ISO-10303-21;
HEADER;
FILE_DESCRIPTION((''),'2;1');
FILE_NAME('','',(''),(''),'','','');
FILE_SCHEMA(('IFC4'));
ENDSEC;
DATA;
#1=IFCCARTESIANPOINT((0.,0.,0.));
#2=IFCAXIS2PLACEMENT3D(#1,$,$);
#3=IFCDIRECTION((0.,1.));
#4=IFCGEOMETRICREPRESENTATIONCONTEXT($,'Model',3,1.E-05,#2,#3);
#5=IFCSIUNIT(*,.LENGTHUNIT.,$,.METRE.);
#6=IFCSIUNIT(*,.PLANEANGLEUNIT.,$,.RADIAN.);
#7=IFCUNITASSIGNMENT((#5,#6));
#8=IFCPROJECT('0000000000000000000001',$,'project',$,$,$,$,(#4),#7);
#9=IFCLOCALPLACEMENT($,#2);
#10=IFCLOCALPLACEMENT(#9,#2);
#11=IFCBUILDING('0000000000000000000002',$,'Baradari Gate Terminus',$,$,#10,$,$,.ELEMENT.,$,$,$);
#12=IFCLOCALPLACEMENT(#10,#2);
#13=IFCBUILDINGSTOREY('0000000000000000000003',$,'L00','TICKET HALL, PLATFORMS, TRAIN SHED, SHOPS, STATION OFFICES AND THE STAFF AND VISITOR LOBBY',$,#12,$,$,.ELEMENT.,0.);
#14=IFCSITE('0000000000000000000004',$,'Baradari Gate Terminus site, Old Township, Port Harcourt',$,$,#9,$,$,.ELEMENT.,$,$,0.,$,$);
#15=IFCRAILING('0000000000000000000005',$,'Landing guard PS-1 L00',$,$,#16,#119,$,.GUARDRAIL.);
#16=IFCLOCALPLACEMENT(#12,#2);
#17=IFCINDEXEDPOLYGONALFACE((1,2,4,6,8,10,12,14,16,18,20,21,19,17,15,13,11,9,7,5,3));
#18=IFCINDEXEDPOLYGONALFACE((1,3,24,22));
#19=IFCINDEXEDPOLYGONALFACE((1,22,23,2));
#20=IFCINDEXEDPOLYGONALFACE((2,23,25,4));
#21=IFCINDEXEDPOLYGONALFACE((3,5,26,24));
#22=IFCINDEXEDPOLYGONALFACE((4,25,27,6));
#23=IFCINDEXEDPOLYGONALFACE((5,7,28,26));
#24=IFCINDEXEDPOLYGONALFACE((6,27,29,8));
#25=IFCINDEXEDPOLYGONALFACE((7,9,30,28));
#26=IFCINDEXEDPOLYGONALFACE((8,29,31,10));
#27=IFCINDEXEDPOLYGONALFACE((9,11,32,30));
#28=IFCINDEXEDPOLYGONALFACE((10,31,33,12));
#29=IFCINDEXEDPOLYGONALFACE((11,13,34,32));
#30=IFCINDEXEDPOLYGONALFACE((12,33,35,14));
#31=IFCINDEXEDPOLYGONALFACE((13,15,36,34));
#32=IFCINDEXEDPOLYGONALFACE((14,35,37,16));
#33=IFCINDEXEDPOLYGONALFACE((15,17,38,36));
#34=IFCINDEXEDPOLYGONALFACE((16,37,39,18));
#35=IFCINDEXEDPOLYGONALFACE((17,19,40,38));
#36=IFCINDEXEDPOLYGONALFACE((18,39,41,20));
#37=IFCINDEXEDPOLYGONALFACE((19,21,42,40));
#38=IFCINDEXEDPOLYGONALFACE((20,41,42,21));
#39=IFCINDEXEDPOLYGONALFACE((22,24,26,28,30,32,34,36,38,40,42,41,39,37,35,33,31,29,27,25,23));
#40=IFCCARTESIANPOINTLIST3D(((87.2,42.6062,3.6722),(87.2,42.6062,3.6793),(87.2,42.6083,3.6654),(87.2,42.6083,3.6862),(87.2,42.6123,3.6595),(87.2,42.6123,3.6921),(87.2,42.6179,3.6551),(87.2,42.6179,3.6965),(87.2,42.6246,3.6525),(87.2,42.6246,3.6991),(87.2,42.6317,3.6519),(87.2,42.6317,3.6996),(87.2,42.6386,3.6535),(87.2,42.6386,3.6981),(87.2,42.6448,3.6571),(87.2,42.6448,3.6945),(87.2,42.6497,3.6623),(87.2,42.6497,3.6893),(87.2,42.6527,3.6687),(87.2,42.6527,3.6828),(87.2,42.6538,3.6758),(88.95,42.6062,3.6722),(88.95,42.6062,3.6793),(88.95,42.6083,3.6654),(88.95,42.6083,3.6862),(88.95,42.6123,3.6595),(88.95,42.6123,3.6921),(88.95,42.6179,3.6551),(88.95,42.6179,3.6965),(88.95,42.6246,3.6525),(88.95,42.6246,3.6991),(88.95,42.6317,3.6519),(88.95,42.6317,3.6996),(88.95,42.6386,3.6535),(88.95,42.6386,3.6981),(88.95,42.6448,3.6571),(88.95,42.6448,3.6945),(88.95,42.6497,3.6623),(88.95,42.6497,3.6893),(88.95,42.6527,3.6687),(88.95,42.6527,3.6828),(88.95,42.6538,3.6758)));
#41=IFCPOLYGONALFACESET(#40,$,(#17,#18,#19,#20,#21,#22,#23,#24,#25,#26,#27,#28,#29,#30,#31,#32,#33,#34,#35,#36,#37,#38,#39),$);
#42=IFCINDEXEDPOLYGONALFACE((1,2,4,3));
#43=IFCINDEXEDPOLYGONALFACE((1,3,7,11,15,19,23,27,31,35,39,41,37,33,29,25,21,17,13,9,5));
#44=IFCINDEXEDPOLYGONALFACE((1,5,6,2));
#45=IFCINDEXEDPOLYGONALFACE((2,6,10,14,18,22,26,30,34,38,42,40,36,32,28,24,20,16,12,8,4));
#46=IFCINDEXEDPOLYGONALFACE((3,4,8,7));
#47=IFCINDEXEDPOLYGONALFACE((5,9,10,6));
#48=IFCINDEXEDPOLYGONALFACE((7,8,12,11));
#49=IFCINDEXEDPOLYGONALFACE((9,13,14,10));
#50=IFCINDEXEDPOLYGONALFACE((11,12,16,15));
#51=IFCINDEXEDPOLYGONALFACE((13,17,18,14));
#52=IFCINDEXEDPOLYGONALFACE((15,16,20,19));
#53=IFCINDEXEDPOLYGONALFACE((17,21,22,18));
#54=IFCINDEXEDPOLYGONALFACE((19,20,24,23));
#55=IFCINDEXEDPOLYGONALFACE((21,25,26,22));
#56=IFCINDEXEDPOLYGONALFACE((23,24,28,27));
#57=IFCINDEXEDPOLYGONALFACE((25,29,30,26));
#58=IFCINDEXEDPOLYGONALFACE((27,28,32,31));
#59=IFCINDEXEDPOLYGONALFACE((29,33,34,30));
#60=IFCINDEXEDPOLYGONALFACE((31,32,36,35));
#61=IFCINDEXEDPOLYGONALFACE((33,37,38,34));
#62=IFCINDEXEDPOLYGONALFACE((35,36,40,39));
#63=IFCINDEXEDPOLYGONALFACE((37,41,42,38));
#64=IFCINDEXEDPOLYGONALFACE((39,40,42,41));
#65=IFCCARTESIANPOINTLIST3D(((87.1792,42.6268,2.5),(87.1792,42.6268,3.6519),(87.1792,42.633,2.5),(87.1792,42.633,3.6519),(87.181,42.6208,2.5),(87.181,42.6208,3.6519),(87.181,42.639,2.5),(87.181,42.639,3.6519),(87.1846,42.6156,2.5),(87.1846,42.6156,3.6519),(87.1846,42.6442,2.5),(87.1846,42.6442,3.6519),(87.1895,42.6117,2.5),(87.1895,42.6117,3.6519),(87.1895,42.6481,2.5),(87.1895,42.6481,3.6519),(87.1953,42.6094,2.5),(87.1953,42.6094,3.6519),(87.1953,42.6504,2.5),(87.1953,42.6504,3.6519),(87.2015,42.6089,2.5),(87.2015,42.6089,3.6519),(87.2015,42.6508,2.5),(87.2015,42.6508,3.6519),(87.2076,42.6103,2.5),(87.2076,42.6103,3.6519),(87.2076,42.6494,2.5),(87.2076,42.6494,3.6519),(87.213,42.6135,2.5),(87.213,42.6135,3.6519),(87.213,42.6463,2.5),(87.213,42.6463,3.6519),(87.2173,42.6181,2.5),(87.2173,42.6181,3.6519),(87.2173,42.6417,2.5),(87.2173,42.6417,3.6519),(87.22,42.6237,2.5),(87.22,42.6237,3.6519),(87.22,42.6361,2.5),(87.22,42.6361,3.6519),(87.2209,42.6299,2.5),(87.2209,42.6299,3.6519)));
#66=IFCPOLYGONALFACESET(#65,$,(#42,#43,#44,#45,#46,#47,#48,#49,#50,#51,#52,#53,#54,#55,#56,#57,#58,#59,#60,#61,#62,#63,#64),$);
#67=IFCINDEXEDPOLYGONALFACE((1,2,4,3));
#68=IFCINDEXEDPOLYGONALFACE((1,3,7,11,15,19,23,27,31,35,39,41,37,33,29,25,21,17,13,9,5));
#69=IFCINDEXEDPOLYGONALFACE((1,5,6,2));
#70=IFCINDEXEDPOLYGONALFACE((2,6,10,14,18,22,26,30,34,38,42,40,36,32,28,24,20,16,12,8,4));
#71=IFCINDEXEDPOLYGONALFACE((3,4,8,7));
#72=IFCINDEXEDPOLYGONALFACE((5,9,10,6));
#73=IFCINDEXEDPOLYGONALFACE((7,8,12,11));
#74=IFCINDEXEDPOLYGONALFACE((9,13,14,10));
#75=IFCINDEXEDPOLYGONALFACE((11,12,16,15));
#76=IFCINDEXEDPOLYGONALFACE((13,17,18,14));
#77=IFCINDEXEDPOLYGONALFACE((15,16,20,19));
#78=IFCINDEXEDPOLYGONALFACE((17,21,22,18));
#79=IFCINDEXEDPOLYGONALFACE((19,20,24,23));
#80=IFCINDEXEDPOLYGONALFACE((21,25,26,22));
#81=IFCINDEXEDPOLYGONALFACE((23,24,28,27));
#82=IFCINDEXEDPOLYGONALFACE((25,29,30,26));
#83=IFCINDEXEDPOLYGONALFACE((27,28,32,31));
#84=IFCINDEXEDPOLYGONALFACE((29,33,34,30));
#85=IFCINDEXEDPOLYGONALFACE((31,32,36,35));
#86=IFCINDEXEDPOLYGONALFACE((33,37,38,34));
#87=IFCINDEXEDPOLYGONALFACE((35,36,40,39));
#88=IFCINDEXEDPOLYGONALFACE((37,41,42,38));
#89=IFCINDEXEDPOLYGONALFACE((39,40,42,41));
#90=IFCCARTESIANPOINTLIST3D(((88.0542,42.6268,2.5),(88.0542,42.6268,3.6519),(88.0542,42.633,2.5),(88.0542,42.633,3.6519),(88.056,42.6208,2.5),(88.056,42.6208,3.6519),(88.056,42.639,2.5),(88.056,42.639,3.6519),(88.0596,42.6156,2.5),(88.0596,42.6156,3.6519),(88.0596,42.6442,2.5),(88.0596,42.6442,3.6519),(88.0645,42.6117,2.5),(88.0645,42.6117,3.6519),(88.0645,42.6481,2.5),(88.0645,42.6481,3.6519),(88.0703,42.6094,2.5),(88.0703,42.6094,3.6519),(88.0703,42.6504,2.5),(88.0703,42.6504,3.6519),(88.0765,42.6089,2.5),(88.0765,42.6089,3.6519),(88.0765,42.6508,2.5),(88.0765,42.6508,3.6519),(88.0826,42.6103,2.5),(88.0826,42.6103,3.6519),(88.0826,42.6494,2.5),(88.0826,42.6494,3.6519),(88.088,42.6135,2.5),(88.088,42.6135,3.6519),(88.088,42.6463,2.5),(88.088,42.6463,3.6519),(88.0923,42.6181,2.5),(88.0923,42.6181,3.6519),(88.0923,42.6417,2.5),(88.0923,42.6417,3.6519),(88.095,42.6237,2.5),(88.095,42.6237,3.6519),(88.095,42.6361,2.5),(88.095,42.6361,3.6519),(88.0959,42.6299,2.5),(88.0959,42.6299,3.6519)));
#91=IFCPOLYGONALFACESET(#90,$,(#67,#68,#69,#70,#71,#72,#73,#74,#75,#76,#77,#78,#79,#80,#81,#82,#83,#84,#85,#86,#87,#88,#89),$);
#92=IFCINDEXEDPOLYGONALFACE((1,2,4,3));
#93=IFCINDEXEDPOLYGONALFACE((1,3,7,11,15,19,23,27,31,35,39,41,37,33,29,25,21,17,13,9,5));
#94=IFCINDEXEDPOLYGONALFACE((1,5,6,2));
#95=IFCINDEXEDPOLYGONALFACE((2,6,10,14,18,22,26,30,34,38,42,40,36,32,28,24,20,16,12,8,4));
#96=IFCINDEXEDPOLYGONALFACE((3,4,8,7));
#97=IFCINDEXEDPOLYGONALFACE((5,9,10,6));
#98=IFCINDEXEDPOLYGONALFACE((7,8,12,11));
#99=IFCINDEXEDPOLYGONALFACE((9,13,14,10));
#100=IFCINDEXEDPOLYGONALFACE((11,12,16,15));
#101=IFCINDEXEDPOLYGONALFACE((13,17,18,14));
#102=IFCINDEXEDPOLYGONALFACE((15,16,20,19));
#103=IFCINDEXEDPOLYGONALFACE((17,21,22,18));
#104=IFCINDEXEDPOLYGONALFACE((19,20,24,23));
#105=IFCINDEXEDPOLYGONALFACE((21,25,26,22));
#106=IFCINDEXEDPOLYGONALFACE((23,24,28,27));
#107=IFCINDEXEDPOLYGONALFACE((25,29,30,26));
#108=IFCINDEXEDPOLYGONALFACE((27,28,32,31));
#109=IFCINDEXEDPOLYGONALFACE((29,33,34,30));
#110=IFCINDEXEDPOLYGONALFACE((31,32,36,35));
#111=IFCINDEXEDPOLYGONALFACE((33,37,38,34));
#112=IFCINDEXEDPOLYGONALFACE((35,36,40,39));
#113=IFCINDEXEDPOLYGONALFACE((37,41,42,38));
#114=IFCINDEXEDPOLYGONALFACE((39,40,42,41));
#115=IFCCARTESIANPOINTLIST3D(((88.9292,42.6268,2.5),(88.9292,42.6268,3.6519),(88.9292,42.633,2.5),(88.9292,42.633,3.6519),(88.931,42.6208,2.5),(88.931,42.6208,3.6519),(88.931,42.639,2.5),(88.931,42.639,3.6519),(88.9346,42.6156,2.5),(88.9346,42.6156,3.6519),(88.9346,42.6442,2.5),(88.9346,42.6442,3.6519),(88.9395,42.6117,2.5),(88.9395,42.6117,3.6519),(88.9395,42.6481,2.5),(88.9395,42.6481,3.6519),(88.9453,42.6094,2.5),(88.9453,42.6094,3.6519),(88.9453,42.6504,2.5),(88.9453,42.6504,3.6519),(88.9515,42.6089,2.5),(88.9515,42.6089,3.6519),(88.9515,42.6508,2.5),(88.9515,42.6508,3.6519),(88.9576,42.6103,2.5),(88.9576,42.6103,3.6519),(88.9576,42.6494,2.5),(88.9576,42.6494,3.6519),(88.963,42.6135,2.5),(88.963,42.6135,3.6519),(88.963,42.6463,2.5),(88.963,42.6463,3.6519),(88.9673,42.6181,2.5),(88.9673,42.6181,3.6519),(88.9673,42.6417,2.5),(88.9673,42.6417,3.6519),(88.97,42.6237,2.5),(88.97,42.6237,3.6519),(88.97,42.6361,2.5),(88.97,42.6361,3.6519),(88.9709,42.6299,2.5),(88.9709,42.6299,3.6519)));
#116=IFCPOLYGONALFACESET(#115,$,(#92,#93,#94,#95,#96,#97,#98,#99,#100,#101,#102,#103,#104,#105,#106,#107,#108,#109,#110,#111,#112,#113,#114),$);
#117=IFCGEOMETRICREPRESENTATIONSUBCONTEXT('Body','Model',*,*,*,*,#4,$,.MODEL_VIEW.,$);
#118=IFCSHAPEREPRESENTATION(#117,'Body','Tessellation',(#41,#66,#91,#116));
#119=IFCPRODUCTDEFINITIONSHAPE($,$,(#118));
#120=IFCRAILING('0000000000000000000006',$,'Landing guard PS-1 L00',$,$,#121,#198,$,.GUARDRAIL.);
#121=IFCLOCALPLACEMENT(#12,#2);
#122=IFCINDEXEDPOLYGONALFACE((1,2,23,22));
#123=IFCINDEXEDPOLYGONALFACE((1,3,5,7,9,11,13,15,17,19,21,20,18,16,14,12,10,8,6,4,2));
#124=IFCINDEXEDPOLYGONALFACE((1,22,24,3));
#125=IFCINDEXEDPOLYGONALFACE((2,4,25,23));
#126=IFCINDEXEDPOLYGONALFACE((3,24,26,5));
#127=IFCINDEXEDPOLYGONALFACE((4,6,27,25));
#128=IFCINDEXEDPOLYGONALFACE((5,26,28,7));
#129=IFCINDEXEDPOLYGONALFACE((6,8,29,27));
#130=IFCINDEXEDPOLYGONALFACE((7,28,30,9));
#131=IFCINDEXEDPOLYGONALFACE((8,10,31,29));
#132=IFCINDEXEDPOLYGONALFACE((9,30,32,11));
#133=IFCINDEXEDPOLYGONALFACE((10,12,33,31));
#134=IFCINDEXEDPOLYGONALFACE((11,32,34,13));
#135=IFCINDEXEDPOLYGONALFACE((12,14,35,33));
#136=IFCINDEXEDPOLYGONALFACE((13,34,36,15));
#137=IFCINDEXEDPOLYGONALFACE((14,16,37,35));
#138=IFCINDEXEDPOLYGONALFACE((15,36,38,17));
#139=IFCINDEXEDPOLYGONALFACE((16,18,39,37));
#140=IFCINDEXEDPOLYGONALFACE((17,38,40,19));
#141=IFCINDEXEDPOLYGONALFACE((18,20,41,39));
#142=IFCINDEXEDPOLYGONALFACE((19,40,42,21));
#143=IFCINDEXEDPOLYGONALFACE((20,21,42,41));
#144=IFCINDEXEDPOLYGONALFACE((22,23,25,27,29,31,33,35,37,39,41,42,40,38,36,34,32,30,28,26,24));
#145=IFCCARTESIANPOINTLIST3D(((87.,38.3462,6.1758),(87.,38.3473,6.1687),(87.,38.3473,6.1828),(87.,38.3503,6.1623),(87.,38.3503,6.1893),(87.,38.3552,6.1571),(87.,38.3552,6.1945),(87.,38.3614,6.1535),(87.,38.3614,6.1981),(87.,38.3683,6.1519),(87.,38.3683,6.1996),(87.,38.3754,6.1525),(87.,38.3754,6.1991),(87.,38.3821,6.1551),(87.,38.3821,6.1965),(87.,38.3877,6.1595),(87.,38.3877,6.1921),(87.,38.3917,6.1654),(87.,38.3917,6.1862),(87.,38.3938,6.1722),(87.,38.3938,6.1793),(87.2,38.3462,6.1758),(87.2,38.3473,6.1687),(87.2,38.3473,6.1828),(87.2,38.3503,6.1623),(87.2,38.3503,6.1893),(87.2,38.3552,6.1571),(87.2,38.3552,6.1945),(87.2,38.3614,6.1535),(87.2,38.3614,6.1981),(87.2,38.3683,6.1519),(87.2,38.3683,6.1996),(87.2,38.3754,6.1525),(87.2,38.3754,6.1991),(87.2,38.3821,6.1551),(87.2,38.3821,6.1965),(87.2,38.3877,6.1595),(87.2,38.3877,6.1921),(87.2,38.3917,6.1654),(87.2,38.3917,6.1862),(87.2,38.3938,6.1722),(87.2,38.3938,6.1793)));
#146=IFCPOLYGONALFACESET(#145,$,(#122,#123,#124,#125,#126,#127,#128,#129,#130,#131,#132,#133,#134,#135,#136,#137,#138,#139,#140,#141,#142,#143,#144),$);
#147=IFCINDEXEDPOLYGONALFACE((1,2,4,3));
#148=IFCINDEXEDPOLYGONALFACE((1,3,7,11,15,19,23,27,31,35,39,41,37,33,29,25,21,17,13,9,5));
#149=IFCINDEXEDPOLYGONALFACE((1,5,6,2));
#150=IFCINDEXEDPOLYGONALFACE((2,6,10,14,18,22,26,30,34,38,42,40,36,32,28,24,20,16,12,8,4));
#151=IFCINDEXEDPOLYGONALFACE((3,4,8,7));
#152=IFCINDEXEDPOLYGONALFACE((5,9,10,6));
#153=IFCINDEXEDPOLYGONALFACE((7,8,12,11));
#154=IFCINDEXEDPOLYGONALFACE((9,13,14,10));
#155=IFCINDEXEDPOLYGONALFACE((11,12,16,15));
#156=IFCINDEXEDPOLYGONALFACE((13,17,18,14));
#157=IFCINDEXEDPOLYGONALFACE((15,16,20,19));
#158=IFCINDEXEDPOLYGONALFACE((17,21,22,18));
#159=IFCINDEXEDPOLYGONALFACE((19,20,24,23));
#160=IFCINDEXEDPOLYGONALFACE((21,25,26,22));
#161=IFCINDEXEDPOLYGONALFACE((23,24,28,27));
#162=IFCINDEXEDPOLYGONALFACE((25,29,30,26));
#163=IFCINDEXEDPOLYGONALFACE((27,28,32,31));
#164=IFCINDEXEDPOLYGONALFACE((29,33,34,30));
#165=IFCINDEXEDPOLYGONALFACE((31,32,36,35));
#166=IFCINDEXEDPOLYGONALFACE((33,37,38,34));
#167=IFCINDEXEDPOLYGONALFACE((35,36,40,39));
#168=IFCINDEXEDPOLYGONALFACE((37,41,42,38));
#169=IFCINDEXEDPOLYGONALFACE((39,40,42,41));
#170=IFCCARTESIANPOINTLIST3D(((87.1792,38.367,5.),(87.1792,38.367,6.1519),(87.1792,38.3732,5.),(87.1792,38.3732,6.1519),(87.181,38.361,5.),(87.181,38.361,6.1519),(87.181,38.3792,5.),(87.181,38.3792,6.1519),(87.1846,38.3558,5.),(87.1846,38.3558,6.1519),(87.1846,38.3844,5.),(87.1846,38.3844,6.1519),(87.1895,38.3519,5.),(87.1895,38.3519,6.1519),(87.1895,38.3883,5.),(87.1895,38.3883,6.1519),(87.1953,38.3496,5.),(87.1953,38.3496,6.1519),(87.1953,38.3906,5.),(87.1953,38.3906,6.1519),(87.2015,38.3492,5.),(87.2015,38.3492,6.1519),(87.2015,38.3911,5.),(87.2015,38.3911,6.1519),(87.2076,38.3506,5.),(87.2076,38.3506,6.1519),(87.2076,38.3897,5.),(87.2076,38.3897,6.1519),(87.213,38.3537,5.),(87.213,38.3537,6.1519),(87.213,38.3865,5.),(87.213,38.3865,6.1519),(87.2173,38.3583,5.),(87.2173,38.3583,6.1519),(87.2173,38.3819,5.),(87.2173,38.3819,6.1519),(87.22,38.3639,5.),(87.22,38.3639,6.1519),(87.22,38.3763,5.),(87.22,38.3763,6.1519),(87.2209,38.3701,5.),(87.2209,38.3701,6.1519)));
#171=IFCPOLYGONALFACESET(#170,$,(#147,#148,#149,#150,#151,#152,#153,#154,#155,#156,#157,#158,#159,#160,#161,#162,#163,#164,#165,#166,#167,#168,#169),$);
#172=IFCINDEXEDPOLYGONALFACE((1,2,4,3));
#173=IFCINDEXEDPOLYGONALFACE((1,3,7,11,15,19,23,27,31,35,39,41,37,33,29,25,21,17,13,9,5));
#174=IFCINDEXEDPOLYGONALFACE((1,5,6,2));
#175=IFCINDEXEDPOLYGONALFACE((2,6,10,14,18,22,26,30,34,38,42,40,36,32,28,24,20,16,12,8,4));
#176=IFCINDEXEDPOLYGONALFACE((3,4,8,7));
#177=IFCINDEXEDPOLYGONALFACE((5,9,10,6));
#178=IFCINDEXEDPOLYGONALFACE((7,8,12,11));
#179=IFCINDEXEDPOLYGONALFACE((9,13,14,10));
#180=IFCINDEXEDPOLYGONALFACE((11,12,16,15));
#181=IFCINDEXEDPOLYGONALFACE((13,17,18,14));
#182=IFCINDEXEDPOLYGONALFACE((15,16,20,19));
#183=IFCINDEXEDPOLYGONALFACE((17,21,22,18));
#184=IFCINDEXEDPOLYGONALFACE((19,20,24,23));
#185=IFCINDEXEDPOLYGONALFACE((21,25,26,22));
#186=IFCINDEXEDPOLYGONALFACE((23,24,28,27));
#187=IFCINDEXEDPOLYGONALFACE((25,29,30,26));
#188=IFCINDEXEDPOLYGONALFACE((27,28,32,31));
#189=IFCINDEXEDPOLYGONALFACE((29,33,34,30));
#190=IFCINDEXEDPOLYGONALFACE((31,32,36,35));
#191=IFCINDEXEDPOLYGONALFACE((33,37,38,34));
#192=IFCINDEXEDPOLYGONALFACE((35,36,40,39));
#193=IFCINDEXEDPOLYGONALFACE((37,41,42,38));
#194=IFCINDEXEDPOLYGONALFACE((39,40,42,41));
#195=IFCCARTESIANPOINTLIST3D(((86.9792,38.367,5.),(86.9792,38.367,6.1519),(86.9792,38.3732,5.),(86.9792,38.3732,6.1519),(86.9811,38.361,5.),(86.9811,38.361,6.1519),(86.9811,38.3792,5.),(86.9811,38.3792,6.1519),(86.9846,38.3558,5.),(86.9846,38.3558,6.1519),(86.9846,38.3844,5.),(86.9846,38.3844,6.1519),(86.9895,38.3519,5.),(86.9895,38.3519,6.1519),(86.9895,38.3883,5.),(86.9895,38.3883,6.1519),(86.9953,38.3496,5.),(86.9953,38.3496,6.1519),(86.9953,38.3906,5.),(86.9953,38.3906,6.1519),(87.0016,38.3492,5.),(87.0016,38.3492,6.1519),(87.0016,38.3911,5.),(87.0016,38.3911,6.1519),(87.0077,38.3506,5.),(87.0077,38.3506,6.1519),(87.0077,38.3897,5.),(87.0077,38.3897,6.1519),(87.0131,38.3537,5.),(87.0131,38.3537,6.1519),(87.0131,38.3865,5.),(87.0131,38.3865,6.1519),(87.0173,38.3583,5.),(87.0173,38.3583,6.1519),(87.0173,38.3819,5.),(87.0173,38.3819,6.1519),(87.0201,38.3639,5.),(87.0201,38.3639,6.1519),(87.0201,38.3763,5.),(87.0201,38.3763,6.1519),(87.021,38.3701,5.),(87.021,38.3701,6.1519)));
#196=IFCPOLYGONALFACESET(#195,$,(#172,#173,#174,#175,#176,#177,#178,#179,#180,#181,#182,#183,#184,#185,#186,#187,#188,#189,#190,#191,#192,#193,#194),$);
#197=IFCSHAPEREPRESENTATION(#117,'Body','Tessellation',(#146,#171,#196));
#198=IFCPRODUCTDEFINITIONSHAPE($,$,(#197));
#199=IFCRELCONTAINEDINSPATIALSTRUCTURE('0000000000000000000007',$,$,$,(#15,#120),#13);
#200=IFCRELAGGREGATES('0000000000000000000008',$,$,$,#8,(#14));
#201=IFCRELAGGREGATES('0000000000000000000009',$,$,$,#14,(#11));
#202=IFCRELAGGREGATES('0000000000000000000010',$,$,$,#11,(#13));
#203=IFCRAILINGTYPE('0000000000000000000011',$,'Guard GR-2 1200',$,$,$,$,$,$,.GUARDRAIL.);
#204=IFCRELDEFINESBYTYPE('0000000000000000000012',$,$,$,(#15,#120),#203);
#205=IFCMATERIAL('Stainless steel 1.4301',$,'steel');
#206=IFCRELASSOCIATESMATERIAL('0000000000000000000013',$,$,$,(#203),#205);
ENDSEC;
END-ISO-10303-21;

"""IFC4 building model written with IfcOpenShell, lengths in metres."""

from ifc_helpers import new_model, si_unit, direction, frame, origin, origin_2d, place, context, subcontext, project, spatial, circle, extrude, material, type_object, element, save


model = new_model("IFC4")

# Units and contexts
model_context = context("Model", 3, precision=1e-05, world=origin(), true_north=direction((0.0, 1.0)))
body_context = subcontext(model_context, "Body", "Model", "MODEL_VIEW")
ifc_project = project(units=[si_unit("LENGTHUNIT", "METRE"), si_unit("PLANEANGLEUNIT", "RADIAN")], contexts=[model_context])

# Site, building, storey
site_placement = place(None, origin())
site = spatial("IfcSite", under=ifc_project, at=site_placement, Name="Baradari Gate Terminus site, Old Township, Port Harcourt", CompositionType="ELEMENT", RefElevation=0.0)
building_placement = place(site_placement, origin())
building = spatial("IfcBuilding", under=site, at=building_placement, Name="Baradari Gate Terminus", CompositionType="ELEMENT")
storey_placement = place(building_placement, origin())
storey = spatial("IfcBuildingStorey", under=building, at=storey_placement, Name="L00", Description="TICKET HALL, PLATFORMS, TRAIN SHED, SHOPS, STATION OFFICES AND THE STAFF AND VISITOR LOBBY", CompositionType="ELEMENT", Elevation=0.0)

# Railings
ifc_material_1 = material(Name="Stainless steel 1.4301", Category="steel")
railing_type_1 = type_object("IfcRailingType", Name="Guard GR-2 1200", PredefinedType="GUARDRAIL", material=ifc_material_1)
railing_1_placement = place(storey_placement, frame((87.2, 42.6299, 2.5)))
element("IfcRailing", 1, at=railing_1_placement, inside=storey, type_object=railing_type_1, Name="Landing guard PS-1 L00", PredefinedType="GUARDRAIL", context=body_context, shape_type="SweptSolid", body=[
    extrude(circle(Radius=0.0239, at=origin_2d()), frame((0.0, 0.0, 1.1758), z_axis=(1.0, 0.0, 0.0), x_axis=(0.0, 1.0, 0.0)), (0.0, 0.0, 1.0), 1.75),
    extrude(circle(Radius=0.021, at=origin_2d()), origin(), (0.0, 0.0, 1.0), 1.1519),
    extrude(circle(Radius=0.021, at=origin_2d()), frame((0.875, 0.0, 0.0)), (0.0, 0.0, 1.0), 1.1519),
    extrude(circle(Radius=0.021, at=origin_2d()), frame((1.75, 0.0, 0.0)), (0.0, 0.0, 1.0), 1.1519),
])
railing_2_placement = place(storey_placement, frame((87.2, 38.3701, 5.0)))
element("IfcRailing", 2, at=railing_2_placement, inside=storey, type_object=railing_type_1, Name="Landing guard PS-1 L00", PredefinedType="GUARDRAIL", context=body_context, shape_type="SweptSolid", body=[
    extrude(circle(Radius=0.0239, at=origin_2d()), frame((0.0, 0.0, 1.1758), z_axis=(-1.0, 0.0, 0.0), x_axis=(0.0, -1.0, 0.0)), (0.0, 0.0, 1.0), 0.2),
    extrude(circle(Radius=0.021, at=origin_2d()), origin(), (0.0, 0.0, 1.0), 1.1519),
    extrude(circle(Radius=0.021, at=origin_2d()), frame((-0.2, 0.0, 0.0)), (0.0, 0.0, 1.0), 1.1519),
])

save(model, "model.ifc")
